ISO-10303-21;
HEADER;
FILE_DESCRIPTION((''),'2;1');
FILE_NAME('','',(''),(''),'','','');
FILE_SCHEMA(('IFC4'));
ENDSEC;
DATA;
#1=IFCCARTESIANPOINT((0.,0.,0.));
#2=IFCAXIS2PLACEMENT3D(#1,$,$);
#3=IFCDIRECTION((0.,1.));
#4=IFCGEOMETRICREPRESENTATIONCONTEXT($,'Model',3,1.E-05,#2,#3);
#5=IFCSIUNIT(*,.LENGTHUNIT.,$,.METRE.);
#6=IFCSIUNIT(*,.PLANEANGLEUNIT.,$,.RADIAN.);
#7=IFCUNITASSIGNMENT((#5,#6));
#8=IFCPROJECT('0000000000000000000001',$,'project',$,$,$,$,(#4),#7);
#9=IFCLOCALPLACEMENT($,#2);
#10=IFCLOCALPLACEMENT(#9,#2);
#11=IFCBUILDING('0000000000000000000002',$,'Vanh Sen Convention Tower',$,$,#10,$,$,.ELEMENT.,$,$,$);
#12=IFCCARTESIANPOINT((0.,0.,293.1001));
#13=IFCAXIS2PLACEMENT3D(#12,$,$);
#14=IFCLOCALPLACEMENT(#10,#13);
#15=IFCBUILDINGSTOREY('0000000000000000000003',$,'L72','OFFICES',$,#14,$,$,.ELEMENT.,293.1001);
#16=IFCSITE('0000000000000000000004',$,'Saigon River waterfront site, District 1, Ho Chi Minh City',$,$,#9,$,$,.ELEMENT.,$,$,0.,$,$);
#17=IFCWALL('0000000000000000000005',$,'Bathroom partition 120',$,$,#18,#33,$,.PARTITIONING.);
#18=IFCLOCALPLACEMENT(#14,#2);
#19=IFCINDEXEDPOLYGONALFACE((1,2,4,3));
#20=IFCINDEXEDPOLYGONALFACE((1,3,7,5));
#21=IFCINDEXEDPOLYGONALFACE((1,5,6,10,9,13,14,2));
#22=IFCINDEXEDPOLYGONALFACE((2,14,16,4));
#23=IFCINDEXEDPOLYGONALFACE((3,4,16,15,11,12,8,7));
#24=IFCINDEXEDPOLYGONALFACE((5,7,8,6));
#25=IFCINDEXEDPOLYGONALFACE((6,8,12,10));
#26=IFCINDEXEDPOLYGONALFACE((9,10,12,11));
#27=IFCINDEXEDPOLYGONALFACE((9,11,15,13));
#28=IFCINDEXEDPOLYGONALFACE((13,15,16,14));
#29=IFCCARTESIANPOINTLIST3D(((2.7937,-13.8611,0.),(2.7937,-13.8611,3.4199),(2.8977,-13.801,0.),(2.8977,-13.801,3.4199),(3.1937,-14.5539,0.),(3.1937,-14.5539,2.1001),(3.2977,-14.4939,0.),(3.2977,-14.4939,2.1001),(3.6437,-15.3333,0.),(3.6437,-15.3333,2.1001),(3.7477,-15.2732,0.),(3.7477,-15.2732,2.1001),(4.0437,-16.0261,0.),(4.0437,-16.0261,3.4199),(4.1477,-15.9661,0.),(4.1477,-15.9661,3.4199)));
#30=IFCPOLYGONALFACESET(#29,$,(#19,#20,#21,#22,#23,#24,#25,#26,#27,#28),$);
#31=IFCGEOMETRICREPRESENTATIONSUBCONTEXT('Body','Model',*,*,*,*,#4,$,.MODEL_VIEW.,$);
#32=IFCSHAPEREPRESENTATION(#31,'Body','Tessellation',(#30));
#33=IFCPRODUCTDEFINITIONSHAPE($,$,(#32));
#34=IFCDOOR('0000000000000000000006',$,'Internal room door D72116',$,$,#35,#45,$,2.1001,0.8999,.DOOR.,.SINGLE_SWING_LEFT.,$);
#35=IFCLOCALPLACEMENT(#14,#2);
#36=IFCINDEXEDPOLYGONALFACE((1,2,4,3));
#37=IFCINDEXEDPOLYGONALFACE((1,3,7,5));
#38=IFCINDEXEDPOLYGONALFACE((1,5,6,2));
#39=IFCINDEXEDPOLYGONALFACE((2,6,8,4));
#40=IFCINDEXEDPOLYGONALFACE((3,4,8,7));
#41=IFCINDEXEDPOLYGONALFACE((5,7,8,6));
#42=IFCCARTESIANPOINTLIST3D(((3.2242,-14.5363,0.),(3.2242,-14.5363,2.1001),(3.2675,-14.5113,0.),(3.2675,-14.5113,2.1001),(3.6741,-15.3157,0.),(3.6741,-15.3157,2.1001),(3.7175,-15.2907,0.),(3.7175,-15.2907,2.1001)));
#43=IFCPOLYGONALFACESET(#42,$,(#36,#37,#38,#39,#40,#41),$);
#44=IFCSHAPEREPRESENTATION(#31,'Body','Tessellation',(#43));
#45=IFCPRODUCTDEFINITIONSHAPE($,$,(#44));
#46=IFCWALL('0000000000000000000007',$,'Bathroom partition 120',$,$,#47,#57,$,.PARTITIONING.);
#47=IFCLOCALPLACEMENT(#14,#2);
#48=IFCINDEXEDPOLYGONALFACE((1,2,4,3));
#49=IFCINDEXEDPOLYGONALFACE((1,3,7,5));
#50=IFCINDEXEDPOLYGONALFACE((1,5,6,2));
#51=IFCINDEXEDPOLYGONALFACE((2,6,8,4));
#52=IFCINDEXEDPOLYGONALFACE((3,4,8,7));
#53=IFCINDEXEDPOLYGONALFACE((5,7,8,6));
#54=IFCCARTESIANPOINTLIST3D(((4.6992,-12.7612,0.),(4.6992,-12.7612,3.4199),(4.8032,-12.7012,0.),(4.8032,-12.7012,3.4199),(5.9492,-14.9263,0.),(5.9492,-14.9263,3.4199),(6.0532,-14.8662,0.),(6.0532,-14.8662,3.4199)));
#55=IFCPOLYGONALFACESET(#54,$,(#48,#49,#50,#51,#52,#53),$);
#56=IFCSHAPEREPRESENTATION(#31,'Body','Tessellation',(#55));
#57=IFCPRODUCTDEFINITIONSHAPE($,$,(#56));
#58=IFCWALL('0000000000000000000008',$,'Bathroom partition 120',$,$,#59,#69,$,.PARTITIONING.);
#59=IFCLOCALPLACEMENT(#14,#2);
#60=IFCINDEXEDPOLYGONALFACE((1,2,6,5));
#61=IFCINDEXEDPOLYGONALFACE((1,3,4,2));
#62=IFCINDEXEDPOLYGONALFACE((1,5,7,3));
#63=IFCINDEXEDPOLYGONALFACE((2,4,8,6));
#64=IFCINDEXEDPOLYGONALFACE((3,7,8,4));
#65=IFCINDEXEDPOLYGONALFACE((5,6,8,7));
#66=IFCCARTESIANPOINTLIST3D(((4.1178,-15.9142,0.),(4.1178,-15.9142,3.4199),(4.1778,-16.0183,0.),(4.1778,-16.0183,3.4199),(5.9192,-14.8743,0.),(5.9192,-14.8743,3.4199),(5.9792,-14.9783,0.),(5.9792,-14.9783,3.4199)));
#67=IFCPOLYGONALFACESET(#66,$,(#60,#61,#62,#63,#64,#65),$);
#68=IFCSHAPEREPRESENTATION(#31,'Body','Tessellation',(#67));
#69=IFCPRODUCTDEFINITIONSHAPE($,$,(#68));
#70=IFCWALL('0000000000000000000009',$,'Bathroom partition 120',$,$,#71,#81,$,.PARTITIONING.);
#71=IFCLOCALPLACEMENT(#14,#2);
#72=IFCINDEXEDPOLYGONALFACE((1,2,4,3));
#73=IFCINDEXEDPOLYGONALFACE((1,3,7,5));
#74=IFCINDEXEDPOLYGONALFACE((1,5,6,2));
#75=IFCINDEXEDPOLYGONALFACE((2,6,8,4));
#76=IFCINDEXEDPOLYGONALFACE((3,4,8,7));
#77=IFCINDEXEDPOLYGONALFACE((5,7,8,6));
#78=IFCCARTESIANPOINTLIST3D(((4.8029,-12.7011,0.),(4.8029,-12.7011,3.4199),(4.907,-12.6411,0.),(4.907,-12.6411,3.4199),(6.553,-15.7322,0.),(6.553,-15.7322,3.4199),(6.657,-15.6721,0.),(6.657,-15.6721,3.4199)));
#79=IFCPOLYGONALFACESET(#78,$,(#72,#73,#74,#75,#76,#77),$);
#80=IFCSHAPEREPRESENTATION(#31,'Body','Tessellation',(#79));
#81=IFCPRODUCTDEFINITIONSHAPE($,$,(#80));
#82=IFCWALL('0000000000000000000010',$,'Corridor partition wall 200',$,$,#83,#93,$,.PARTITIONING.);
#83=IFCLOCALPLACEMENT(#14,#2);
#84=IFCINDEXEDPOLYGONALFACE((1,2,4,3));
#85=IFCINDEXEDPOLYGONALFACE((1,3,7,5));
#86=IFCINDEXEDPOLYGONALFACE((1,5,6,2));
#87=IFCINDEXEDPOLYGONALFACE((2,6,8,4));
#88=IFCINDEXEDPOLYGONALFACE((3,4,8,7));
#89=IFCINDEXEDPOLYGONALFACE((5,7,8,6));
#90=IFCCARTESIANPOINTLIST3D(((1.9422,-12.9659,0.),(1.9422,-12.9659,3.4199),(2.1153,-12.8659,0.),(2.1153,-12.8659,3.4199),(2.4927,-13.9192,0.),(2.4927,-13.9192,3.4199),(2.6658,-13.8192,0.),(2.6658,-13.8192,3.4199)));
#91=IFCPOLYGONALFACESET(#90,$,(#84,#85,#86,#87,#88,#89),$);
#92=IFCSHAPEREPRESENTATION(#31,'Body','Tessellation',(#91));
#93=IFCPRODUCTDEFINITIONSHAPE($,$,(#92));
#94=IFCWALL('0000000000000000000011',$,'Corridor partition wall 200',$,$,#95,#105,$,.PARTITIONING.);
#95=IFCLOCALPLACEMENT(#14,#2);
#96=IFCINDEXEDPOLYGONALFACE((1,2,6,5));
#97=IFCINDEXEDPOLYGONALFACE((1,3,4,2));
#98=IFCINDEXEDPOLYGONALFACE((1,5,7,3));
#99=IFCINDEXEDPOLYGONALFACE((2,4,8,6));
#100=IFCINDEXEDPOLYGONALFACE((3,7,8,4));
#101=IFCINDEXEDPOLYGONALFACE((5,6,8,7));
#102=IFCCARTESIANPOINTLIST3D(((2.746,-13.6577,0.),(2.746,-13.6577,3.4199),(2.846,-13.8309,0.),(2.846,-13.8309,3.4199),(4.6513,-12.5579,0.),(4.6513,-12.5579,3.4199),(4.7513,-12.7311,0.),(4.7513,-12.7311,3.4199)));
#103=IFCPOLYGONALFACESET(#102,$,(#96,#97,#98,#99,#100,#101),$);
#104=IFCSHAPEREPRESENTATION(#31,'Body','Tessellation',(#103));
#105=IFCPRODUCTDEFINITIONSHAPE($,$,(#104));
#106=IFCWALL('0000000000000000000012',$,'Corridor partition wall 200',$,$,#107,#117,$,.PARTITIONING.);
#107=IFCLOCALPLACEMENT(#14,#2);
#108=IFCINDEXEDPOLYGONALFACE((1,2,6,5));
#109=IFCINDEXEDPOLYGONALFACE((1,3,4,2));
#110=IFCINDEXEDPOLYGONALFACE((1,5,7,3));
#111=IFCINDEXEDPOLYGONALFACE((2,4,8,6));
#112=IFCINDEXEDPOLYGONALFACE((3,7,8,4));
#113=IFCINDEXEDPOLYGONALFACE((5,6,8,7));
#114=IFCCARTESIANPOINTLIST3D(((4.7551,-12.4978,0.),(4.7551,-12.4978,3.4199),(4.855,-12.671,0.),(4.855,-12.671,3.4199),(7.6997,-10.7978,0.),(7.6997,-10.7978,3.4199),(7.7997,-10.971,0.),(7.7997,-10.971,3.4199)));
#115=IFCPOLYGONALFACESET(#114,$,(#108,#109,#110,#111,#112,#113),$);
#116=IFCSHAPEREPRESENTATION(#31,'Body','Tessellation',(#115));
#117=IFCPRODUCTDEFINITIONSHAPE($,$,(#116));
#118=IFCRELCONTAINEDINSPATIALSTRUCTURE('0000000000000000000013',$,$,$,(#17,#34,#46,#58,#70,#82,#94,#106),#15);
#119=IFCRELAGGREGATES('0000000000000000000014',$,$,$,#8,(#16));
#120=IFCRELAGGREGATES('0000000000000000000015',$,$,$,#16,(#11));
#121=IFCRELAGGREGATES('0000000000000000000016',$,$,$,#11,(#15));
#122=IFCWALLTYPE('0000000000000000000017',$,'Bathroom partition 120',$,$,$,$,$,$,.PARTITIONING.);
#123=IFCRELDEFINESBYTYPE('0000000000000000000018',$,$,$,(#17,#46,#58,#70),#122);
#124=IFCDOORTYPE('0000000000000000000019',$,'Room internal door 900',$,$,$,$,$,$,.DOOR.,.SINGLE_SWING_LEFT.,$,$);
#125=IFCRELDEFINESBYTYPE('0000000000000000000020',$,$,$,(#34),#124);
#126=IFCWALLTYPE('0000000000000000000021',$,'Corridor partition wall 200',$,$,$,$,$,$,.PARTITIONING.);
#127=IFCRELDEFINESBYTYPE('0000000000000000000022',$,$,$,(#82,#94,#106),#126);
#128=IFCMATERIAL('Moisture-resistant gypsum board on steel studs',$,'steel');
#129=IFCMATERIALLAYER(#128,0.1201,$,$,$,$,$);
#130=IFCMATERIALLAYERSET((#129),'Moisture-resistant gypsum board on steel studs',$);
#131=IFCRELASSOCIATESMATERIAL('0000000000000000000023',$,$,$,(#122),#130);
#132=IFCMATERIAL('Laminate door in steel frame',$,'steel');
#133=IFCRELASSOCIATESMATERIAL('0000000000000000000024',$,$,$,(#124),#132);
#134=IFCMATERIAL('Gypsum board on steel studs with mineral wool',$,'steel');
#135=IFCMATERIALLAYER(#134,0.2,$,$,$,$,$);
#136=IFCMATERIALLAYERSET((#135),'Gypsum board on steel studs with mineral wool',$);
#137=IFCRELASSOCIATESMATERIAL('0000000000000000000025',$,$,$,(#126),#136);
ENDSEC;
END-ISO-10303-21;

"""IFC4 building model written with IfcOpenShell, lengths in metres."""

from ifc_helpers import new_model, si_unit, direction, frame, frame_2d, origin, place, context, subcontext, project, spatial, rectangle, extrude, material, layer, layer_set, type_object, element, fill, save


model = new_model("IFC4")

# Units and contexts
model_context = context("Model", 3, precision=1e-05, world=origin(), true_north=direction((0.0, 1.0)))
body_context = subcontext(model_context, "Body", "Model", "MODEL_VIEW")
ifc_project = project(units=[si_unit("LENGTHUNIT", "METRE"), si_unit("PLANEANGLEUNIT", "RADIAN")], contexts=[model_context])

# Site, building, storey
site_placement = place(None, origin())
site = spatial("IfcSite", under=ifc_project, at=site_placement, Name="Saigon River waterfront site, District 1, Ho Chi Minh City", CompositionType="ELEMENT", RefElevation=0.0)
building_placement = place(site_placement, origin())
building = spatial("IfcBuilding", under=site, at=building_placement, Name="Vanh Sen Convention Tower", CompositionType="ELEMENT")
storey_placement = place(building_placement, frame((0.0, 0.0, 293.1001)))
storey = spatial("IfcBuildingStorey", under=building, at=storey_placement, Name="L72", Description="OFFICES", CompositionType="ELEMENT", Elevation=293.1001)

# Wall, opening, door
ifc_material_1 = material(Name="Moisture-resistant gypsum board on steel studs", Category="steel")
ifc_layer_1 = layer(ifc_material_1, 0.1201)
ifc_layer_set_1 = layer_set([ifc_layer_1], Name="Moisture-resistant gypsum board on steel studs")
wall_type_1 = type_object("IfcWallType", Name="Bathroom partition 120", PredefinedType="PARTITIONING", material=ifc_layer_set_1)
wall_1_placement = place(storey_placement, frame((4.0957, -15.9961, 0.0), z_axis=(0.0, 0.0, 1.0), x_axis=(-0.500004, 0.866023, 0.0)))
wall_1 = element("IfcWall", 1, at=wall_1_placement, inside=storey, type_object=wall_type_1, Name="Bathroom partition 120", PredefinedType="PARTITIONING", context=body_context, shape_type="SweptSolid", body=[
    extrude(rectangle(XDim=2.5, YDim=0.1201, at=frame_2d((1.25, 0.0))), origin(), (0.0, 0.0, 1.0), 3.4199),
])
opening_1_placement = place(wall_1_placement, frame((0.8, 0.0, 0.0)))
opening_1 = element("IfcOpeningElement", 2, at=opening_1_placement, cuts=wall_1, PredefinedType="OPENING", context=body_context, shape_type="SweptSolid", body=[
    extrude(rectangle(XDim=0.8999, YDim=2.1001, at=frame_2d((0.45, 1.05))), frame((0.0, 0.0701, 0.0), z_axis=(0.0, -1.0, 0.0), x_axis=(1.0, 0.0, 0.0)), (0.0, 0.0, 1.0), 0.1401),
])
ifc_material_2 = material(Name="Laminate door in steel frame", Category="steel")
door_type = type_object("IfcDoorType", Name="Room internal door 900", OperationType="SINGLE_SWING_LEFT", PredefinedType="DOOR", material=ifc_material_2)
door_placement = place(opening_1_placement, origin())
door = element("IfcDoor", 3, at=door_placement, inside=storey, type_object=door_type, Name="Internal room door D72116", OperationType="SINGLE_SWING_LEFT", OverallHeight=2.1001, OverallWidth=0.8999, PredefinedType="DOOR", context=body_context, shape_type="SweptSolid", body=[
    extrude(rectangle(XDim=0.8999, YDim=2.1001, at=frame_2d((0.45, 1.05))), frame((0.0, 0.0249, 0.0), z_axis=(0.0, -1.0, 0.0), x_axis=(1.0, 0.0, 0.0)), (0.0, 0.0, 1.0), 0.05),
])
fill(opening_1, door)

# Walls
wall_2_placement = place(storey_placement, frame((4.7512, -12.7312, 0.0), z_axis=(0.0, 0.0, 1.0), x_axis=(0.500004, -0.866023, 0.0)))
element("IfcWall", 4, at=wall_2_placement, inside=storey, type_object=wall_type_1, Name="Bathroom partition 120", PredefinedType="PARTITIONING", context=body_context, shape_type="SweptSolid", body=[
    extrude(rectangle(XDim=2.5, YDim=0.1201, at=frame_2d((1.25, 0.0))), origin(), (0.0, 0.0, 1.0), 3.4199),
])
wall_3_placement = place(storey_placement, frame((5.9492, -14.9263, 0.0), z_axis=(0.0, 0.0, 1.0), x_axis=(-0.866039, -0.499976, 0.0)))
element("IfcWall", 5, at=wall_3_placement, inside=storey, type_object=wall_type_1, Name="Bathroom partition 120", PredefinedType="PARTITIONING", context=body_context, shape_type="SweptSolid", body=[
    extrude(rectangle(XDim=2.0801, YDim=0.1201, at=frame_2d((1.04, 0.0))), origin(), (0.0, 0.0, 1.0), 3.4199),
])
wall_4_placement = place(storey_placement, frame((6.605, -15.7021, 0.0), z_axis=(0.0, 0.0, 1.0), x_axis=(-0.50001, 0.866019, 0.0)))
element("IfcWall", 6, at=wall_4_placement, inside=storey, type_object=wall_type_1, Name="Bathroom partition 120", PredefinedType="PARTITIONING", context=body_context, shape_type="SweptSolid", body=[
    extrude(rectangle(XDim=3.5, YDim=0.1201, at=frame_2d((1.75, 0.0))), origin(), (0.0, 0.0, 1.0), 3.4199),
])
ifc_material_3 = material(Name="Gypsum board on steel studs with mineral wool", Category="steel")
ifc_layer_2 = layer(ifc_material_3, 0.2)
ifc_layer_set_2 = layer_set([ifc_layer_2], Name="Gypsum board on steel studs with mineral wool")
wall_type_2 = type_object("IfcWallType", Name="Corridor partition wall 200", PredefinedType="PARTITIONING", material=ifc_layer_set_2)
wall_5_placement = place(storey_placement, frame((2.0288, -12.916, 0.0), z_axis=(0.0, 0.0, 1.0), x_axis=(0.500074, -0.865982, 0.0)))
element("IfcWall", 7, at=wall_5_placement, inside=storey, type_object=wall_type_2, Name="Corridor partition wall 200", PredefinedType="PARTITIONING", context=body_context, shape_type="SweptSolid", body=[
    extrude(rectangle(XDim=1.1008, YDim=0.2, at=frame_2d((0.5503, 0.0))), origin(), (0.0, 0.0, 1.0), 3.4199),
])
wall_6_placement = place(storey_placement, frame((2.7959, -13.7444, 0.0), z_axis=(0.0, 0.0, 1.0), x_axis=(0.866056, 0.499947, 0.0)))
element("IfcWall", 8, at=wall_6_placement, inside=storey, type_object=wall_type_2, Name="Corridor partition wall 200", PredefinedType="PARTITIONING", context=body_context, shape_type="SweptSolid", body=[
    extrude(rectangle(XDim=2.2, YDim=0.2, at=frame_2d((1.1001, 0.0))), origin(), (0.0, 0.0, 1.0), 3.4199),
])
wall_7_placement = place(storey_placement, frame((4.8049, -12.5845, 0.0), z_axis=(0.0, 0.0, 1.0), x_axis=(0.866039, 0.499977, 0.0)))
element("IfcWall", 9, at=wall_7_placement, inside=storey, type_object=wall_type_2, Name="Corridor partition wall 200", PredefinedType="PARTITIONING", context=body_context, shape_type="SweptSolid", body=[
    extrude(rectangle(XDim=3.4001, YDim=0.2, at=frame_2d((1.7002, 0.0))), origin(), (0.0, 0.0, 1.0), 3.4199),
])

save(model, "model.ifc")
